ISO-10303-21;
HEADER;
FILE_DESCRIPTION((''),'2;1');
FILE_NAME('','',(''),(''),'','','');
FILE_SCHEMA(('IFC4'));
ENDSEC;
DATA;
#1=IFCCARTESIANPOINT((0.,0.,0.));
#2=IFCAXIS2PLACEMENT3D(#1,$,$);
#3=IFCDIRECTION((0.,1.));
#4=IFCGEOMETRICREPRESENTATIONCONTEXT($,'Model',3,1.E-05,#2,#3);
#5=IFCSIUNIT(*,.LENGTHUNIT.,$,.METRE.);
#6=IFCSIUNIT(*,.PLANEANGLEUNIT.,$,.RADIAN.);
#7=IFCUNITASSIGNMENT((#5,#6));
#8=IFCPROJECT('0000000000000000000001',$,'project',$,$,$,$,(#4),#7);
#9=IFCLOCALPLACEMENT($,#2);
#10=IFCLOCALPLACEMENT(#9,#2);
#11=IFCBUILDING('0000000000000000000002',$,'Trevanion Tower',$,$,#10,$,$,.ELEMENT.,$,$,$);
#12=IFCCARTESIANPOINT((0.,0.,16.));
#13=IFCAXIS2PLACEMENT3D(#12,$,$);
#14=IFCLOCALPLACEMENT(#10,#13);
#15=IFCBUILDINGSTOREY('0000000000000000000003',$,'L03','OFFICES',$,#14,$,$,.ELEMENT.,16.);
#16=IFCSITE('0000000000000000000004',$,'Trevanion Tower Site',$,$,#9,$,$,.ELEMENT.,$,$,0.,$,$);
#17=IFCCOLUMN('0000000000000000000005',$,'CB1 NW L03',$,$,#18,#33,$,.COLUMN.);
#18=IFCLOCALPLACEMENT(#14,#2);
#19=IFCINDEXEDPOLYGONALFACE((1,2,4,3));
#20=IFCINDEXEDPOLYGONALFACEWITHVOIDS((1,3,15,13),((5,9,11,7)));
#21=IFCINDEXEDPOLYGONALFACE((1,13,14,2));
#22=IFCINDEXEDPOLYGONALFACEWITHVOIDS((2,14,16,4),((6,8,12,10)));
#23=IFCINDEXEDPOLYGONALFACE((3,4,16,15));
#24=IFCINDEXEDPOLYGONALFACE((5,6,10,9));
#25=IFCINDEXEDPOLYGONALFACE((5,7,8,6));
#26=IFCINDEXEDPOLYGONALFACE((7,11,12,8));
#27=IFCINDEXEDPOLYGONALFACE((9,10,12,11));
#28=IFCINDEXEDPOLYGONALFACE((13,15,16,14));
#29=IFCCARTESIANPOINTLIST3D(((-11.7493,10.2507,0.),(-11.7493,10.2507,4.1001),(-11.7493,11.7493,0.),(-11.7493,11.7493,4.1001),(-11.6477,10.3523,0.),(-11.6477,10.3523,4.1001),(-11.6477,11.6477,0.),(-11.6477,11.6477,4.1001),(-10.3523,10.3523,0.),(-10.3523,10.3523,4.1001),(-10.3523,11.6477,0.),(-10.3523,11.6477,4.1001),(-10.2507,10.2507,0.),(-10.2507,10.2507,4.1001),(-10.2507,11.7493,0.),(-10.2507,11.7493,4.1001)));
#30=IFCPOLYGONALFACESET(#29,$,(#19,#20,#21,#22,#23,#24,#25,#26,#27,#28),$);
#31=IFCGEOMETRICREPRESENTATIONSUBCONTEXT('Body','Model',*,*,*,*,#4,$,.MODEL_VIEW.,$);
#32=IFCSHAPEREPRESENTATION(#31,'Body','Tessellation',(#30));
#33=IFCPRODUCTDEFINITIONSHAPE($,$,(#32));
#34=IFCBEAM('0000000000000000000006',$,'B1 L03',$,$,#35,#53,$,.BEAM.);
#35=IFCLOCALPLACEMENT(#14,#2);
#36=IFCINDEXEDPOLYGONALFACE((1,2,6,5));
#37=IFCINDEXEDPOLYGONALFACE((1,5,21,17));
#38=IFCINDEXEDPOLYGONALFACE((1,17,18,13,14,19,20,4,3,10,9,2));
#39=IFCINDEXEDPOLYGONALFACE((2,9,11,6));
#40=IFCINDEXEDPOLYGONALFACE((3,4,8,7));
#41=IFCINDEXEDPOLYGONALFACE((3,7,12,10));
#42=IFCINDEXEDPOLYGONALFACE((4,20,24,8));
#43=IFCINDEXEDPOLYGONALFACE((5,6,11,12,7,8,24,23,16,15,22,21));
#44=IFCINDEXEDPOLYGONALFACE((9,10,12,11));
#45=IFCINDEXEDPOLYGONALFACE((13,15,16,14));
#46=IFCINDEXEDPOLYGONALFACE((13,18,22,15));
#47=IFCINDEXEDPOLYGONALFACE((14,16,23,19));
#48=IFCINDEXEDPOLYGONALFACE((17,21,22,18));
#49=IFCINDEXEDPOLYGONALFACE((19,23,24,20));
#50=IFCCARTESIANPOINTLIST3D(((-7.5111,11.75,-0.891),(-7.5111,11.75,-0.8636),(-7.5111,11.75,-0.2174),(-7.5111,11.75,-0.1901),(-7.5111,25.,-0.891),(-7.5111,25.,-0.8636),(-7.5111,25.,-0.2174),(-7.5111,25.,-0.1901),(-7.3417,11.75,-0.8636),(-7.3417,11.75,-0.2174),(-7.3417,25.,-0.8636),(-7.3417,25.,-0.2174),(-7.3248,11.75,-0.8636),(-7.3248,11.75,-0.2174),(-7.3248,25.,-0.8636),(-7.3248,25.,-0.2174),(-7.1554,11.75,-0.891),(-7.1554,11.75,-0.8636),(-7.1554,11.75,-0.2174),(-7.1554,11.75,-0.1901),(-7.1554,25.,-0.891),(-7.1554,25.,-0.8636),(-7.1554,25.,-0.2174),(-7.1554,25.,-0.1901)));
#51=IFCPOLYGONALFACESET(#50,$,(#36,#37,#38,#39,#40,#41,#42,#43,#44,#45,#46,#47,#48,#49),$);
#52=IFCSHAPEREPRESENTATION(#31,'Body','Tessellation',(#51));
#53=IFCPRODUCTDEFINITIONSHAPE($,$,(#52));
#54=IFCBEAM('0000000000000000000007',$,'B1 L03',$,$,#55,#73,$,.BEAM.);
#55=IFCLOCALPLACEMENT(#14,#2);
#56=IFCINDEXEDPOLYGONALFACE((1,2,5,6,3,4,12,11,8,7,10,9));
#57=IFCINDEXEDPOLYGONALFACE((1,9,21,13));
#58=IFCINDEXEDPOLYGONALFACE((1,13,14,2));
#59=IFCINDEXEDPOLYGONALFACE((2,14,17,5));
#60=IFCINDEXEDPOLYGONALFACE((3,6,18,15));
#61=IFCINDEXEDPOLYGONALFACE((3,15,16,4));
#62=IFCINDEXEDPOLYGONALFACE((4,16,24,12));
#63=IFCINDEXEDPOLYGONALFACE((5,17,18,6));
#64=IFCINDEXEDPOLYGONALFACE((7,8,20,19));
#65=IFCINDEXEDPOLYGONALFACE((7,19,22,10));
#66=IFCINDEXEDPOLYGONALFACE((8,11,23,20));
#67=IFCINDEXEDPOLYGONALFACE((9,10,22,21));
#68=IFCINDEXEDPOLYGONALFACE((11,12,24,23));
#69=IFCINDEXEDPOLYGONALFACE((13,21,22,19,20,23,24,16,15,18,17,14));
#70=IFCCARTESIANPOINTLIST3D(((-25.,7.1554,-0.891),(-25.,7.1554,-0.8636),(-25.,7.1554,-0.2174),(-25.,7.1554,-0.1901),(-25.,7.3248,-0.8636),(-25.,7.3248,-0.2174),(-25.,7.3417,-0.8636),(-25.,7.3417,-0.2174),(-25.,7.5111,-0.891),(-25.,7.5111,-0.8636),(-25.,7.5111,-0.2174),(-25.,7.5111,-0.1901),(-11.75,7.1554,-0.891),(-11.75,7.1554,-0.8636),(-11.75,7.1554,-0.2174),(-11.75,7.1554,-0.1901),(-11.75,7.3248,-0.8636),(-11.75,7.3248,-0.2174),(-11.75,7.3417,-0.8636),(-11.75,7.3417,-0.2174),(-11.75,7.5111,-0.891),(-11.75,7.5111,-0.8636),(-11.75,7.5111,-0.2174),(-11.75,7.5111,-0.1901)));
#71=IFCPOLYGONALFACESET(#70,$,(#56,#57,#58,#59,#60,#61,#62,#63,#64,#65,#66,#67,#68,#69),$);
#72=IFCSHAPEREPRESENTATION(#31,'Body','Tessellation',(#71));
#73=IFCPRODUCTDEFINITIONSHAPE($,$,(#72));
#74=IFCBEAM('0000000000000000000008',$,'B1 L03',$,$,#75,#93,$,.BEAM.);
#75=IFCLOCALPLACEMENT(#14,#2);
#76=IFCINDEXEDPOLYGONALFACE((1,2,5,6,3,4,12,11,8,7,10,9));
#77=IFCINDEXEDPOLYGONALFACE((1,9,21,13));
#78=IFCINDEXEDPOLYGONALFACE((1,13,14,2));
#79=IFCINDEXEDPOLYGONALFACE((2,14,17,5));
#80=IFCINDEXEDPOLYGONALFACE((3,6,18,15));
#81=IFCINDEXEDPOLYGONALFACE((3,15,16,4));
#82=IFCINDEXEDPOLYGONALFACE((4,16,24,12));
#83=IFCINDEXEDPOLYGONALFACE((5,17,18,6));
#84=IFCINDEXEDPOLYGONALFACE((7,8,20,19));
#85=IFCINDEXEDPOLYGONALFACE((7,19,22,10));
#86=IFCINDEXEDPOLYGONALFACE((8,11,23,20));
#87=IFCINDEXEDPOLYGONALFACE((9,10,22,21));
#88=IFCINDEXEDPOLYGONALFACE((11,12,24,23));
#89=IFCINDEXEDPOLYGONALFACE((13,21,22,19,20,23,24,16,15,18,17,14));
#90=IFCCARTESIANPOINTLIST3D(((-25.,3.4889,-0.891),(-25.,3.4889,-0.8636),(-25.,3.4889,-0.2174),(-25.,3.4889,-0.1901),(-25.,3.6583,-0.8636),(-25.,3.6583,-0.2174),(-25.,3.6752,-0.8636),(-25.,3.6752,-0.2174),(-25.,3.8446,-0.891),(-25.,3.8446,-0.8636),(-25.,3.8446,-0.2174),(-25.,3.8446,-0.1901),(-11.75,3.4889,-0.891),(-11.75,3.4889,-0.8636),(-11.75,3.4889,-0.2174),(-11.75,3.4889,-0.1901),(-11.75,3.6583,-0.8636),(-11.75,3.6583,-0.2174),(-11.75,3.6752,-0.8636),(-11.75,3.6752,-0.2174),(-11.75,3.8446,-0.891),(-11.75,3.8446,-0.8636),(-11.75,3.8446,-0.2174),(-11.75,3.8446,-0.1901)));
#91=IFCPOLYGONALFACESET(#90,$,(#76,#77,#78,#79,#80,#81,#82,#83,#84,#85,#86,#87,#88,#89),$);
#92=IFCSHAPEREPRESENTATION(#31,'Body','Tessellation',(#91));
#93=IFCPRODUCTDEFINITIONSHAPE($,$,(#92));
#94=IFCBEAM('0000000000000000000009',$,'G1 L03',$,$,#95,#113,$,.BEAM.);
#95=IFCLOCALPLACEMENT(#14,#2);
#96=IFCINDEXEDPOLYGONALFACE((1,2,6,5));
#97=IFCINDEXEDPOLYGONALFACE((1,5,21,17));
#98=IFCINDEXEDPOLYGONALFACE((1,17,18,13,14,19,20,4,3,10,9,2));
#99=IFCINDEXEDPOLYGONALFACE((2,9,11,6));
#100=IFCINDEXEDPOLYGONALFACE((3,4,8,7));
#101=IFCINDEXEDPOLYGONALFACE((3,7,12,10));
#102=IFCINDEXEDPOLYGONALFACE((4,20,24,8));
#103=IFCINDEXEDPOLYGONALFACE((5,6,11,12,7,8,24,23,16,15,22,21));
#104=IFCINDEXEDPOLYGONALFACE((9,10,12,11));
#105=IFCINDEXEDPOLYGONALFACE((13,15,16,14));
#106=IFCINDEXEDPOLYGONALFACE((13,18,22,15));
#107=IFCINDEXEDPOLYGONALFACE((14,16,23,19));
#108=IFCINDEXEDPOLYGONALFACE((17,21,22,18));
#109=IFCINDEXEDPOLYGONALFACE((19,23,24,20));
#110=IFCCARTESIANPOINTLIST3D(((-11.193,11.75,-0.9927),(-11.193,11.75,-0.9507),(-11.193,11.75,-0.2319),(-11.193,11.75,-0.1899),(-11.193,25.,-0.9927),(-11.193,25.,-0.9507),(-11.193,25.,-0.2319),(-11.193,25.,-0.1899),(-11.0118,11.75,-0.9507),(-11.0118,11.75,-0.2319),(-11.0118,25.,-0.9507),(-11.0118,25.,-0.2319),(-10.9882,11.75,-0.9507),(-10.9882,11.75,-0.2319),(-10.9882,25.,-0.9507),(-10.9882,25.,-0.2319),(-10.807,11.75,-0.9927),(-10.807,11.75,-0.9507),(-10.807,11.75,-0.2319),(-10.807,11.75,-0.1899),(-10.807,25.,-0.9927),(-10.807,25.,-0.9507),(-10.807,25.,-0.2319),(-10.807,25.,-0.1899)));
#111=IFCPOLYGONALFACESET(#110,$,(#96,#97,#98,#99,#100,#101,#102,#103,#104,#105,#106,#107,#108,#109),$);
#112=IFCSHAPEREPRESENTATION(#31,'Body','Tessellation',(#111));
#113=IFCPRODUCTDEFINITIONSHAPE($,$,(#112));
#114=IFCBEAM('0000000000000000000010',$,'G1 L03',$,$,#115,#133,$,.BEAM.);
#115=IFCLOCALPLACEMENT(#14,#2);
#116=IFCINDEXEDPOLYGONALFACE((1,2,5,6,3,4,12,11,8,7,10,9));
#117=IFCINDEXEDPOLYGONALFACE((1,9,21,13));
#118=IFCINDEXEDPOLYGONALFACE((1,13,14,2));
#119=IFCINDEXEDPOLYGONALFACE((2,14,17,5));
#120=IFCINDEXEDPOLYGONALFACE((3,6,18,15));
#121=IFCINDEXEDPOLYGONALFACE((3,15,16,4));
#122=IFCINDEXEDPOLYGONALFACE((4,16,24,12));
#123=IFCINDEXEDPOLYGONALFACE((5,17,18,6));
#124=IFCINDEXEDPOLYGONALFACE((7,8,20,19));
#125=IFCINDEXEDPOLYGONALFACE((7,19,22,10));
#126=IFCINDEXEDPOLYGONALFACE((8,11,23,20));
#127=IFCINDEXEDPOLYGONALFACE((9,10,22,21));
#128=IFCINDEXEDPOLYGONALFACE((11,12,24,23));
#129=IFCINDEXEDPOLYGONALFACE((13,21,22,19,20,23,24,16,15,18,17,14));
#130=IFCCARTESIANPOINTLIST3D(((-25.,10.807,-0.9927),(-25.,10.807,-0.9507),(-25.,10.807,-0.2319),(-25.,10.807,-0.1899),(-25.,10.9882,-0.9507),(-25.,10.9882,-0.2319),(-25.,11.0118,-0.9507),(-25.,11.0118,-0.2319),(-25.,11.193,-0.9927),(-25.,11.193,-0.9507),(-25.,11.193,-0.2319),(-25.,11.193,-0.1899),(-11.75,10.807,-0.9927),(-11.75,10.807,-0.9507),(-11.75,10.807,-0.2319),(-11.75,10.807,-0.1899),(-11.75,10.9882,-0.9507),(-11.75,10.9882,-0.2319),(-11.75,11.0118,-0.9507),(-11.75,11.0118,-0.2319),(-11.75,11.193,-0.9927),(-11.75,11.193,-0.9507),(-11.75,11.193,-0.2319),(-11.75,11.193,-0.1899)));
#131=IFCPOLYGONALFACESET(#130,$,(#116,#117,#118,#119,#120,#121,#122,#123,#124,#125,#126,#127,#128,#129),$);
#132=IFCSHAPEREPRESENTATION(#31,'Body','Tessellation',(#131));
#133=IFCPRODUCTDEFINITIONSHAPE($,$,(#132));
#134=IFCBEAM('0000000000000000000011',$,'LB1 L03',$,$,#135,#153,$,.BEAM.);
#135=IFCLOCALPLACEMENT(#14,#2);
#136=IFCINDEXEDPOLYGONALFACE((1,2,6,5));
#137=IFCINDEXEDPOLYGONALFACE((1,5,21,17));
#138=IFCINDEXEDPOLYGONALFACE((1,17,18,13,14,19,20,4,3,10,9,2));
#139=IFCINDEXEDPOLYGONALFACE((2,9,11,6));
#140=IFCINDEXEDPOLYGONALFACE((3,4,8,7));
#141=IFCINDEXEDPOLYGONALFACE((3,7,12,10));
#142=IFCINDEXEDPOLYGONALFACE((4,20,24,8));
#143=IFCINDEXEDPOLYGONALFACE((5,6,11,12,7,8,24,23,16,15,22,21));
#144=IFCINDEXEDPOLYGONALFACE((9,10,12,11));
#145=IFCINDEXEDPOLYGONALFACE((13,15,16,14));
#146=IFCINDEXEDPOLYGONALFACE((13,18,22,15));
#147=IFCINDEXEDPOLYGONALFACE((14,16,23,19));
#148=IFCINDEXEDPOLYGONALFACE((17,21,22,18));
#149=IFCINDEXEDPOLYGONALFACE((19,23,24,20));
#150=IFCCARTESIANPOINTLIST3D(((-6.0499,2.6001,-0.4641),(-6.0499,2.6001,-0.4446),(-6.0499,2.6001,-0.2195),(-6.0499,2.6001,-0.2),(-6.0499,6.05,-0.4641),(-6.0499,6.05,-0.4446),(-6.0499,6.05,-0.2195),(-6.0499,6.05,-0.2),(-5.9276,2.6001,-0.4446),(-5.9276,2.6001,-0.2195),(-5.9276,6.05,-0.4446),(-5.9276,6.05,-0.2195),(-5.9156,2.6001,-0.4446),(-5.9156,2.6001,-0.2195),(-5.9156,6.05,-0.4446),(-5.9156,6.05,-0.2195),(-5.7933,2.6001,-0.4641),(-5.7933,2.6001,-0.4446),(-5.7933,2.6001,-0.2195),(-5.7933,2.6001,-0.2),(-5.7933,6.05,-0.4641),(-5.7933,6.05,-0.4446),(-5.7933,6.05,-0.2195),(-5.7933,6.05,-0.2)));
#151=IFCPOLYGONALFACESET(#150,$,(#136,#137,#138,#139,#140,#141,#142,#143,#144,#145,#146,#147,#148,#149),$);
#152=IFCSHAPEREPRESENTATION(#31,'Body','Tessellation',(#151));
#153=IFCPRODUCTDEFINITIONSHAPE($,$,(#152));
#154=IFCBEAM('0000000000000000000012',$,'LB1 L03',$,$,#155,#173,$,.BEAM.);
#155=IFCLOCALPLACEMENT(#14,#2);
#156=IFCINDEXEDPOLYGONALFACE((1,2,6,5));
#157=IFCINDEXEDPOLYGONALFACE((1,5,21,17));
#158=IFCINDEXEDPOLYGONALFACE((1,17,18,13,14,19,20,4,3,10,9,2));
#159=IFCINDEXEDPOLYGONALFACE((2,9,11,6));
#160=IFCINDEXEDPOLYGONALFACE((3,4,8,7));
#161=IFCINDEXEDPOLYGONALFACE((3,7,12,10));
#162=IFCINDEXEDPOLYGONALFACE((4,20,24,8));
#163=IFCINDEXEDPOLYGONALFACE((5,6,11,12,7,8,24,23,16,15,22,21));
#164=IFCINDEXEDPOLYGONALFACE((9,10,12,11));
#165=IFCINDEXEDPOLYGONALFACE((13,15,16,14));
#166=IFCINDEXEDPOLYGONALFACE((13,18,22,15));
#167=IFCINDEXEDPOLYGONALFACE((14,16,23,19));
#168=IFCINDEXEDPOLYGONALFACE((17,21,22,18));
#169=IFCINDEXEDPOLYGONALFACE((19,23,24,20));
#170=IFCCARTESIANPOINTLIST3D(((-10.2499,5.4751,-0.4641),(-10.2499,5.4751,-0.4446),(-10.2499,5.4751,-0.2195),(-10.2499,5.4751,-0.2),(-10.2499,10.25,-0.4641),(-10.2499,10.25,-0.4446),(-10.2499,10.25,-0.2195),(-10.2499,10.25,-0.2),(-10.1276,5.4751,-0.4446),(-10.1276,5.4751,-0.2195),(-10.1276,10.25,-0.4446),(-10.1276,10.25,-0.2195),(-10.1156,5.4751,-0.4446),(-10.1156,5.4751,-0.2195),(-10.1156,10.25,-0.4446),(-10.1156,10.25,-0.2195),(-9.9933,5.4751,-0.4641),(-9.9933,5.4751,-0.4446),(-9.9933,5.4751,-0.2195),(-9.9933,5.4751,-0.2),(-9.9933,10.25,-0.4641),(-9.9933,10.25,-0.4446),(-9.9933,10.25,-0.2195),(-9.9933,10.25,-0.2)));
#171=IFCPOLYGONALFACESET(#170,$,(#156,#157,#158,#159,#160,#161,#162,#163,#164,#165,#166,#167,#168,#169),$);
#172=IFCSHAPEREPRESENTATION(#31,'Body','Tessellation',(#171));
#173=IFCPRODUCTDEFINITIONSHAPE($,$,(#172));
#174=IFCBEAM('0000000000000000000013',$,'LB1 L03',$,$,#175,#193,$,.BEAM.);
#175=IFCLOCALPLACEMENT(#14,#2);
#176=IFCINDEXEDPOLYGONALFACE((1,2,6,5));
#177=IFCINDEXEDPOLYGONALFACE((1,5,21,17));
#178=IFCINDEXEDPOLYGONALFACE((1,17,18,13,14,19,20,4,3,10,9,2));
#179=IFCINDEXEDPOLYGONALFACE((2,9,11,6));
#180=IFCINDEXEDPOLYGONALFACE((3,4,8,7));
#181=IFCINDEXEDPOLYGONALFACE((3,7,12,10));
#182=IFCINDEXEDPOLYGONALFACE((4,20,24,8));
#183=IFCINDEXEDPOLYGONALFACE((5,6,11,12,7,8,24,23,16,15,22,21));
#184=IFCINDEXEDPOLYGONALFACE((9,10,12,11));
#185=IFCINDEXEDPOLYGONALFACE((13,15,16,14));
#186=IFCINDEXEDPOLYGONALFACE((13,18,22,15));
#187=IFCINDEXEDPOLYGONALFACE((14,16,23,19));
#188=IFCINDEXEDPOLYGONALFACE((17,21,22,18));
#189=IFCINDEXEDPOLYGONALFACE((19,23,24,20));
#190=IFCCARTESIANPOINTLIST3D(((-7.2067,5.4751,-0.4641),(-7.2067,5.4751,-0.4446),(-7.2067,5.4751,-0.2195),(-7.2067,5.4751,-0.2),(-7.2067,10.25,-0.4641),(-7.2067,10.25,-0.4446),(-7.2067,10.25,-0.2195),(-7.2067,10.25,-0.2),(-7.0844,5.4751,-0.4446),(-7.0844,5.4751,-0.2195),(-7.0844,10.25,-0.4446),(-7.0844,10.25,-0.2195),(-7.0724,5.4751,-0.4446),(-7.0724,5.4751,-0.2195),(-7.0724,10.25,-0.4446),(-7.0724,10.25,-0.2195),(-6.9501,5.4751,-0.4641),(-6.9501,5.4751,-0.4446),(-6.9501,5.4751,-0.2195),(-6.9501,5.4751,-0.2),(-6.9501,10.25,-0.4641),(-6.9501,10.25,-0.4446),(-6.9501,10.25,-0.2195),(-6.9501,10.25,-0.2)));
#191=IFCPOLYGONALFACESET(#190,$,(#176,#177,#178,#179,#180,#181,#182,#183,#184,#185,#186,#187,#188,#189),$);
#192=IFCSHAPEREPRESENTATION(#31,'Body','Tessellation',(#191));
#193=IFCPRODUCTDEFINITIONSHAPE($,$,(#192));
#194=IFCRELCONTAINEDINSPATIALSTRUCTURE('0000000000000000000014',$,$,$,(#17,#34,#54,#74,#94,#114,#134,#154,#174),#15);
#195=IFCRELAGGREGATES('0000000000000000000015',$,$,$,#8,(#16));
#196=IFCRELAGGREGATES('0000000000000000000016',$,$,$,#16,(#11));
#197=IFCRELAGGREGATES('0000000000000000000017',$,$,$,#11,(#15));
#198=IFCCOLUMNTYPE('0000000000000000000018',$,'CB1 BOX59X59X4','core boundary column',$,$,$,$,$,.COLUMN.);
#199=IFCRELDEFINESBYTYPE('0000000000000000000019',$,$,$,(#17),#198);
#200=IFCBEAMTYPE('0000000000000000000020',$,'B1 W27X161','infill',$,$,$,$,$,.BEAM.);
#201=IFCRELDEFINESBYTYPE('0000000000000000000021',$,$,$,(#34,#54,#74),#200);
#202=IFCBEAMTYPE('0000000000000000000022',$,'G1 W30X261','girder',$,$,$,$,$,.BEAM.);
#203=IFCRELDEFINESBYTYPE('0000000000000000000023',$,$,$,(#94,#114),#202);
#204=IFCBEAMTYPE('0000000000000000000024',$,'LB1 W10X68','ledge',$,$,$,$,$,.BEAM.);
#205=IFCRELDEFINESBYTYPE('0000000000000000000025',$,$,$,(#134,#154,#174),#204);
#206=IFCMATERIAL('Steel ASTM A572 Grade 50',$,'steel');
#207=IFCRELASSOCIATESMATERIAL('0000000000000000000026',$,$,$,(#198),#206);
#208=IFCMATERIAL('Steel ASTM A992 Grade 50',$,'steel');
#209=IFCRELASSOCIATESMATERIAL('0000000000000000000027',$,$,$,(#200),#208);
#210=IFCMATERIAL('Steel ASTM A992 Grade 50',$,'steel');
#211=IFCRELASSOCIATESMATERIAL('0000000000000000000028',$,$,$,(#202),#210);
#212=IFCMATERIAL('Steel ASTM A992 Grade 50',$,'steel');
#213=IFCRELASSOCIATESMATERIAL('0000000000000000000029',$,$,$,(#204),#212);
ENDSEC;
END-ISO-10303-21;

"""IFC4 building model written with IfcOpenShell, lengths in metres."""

from ifc_helpers import new_model, si_unit, direction, frame, origin, origin_2d, place, context, subcontext, project, spatial, hollow_rectangle, i_section, extrude, material, material_profile, profile_set, type_object, element, save


model = new_model("IFC4")

# Units and contexts
model_context = context("Model", 3, precision=1e-05, world=origin(), true_north=direction((0.0, 1.0)))
body_context = subcontext(model_context, "Body", "Model", "MODEL_VIEW")
ifc_project = project(units=[si_unit("LENGTHUNIT", "METRE"), si_unit("PLANEANGLEUNIT", "RADIAN")], contexts=[model_context])

# Site, building, storey
site_placement = place(None, origin())
site = spatial("IfcSite", under=ifc_project, at=site_placement, Name="Trevanion Tower Site", CompositionType="ELEMENT", RefElevation=0.0)
building_placement = place(site_placement, origin())
building = spatial("IfcBuilding", under=site, at=building_placement, Name="Trevanion Tower", CompositionType="ELEMENT")
storey_placement = place(building_placement, frame((0.0, 0.0, 16.0)))
storey = spatial("IfcBuildingStorey", under=building, at=storey_placement, Name="L03", Description="OFFICES", CompositionType="ELEMENT", Elevation=16.0)

# Column
ifc_material_1 = material(Name="Steel ASTM A572 Grade 50", Category="steel")
ifc_material_profile_1 = material_profile(ifc_material_1, hollow_rectangle(XDim=1.4985, YDim=1.4985, WallThickness=0.1016, at=origin_2d()), Name="BOX59X59X4")
ifc_profile_set_1 = profile_set([ifc_material_profile_1], Name="Steel ASTM A572 Grade 50")
column_type = type_object("IfcColumnType", Name="CB1 BOX59X59X4", Description="core boundary column", PredefinedType="COLUMN", material=ifc_profile_set_1)
column_placement = place(storey_placement, frame((-11.0, 11.0, 0.0), z_axis=(0.0, 0.0, 1.0), x_axis=(1.0, 0.0, 0.0)))
element("IfcColumn", 1, at=column_placement, inside=storey, type_object=column_type, Name="CB1 NW L03", PredefinedType="COLUMN", context=body_context, shape_type="SweptSolid", body=[
    extrude(hollow_rectangle(XDim=1.4985, YDim=1.4985, WallThickness=0.1016, at=origin_2d()), origin(), (0.0, 0.0, 1.0), 4.1001),
])

# Beams
ifc_material_2 = material(Name="Steel ASTM A992 Grade 50", Category="steel")
ifc_material_profile_2 = material_profile(ifc_material_2, i_section(OverallWidth=0.3557, OverallDepth=0.7009, WebThickness=0.0168, FlangeThickness=0.0273, at=origin_2d()), Name="W27X161")
ifc_profile_set_2 = profile_set([ifc_material_profile_2], Name="Steel ASTM A992 Grade 50")
beam_type_1 = type_object("IfcBeamType", Name="B1 W27X161", Description="infill", PredefinedType="BEAM", material=ifc_profile_set_2)
for number, where, z_axis, x_axis, name in (
    (2, (-7.3333, 11.75, -0.5405), (0.0, 1.0, 0.0), (-1.0, 0.0, 0.0), "B1 L03"),
    (3, (-11.75, 7.3333, -0.5405), (-1.0, 0.0, 0.0), (0.0, -1.0, 0.0), "B1 L03"),
    (4, (-11.75, 3.6667, -0.5405), (-1.0, 0.0, 0.0), (0.0, -1.0, 0.0), "B1 L03"),
):
    element("IfcBeam", number, at=place(storey_placement, frame(where, z_axis=z_axis, x_axis=x_axis)), inside=storey, type_object=beam_type_1, Name=name, PredefinedType="BEAM", context=body_context, shape_type="SweptSolid", body=[
        extrude(i_section(OverallWidth=0.3557, OverallDepth=0.7009, WebThickness=0.0168, FlangeThickness=0.0273, at=origin_2d()), origin(), (0.0, 0.0, 1.0), 13.25),
    ])
ifc_material_3 = material(Name="Steel ASTM A992 Grade 50", Category="steel")
ifc_material_profile_3 = material_profile(ifc_material_3, i_section(OverallWidth=0.386, OverallDepth=0.8027, WebThickness=0.0237, FlangeThickness=0.042, at=origin_2d()), Name="W30X261")
ifc_profile_set_3 = profile_set([ifc_material_profile_3], Name="Steel ASTM A992 Grade 50")
beam_type_2 = type_object("IfcBeamType", Name="G1 W30X261", Description="girder", PredefinedType="BEAM", material=ifc_profile_set_3)
for number, where, z_axis, x_axis, name in (
    (5, (-11.0, 11.75, -0.5913), (0.0, 1.0, 0.0), (-1.0, 0.0, 0.0), "G1 L03"),
    (6, (-11.75, 11.0, -0.5913), (-1.0, 0.0, 0.0), (0.0, -1.0, 0.0), "G1 L03"),
):
    element("IfcBeam", number, at=place(storey_placement, frame(where, z_axis=z_axis, x_axis=x_axis)), inside=storey, type_object=beam_type_2, Name=name, PredefinedType="BEAM", context=body_context, shape_type="SweptSolid", body=[
        extrude(i_section(OverallWidth=0.386, OverallDepth=0.8027, WebThickness=0.0237, FlangeThickness=0.042, at=origin_2d()), origin(), (0.0, 0.0, 1.0), 13.25),
    ])
ifc_material_4 = material(Name="Steel ASTM A992 Grade 50", Category="steel")
ifc_material_profile_4 = material_profile(ifc_material_4, i_section(OverallWidth=0.2566, OverallDepth=0.2642, WebThickness=0.012, FlangeThickness=0.0195, at=origin_2d()), Name="W10X68")
ifc_profile_set_4 = profile_set([ifc_material_profile_4], Name="Steel ASTM A992 Grade 50")
beam_type_3 = type_object("IfcBeamType", Name="LB1 W10X68", Description="ledge", PredefinedType="BEAM", material=ifc_profile_set_4)
beam_1_placement = place(storey_placement, frame((-5.9216, 2.6001, -0.332), z_axis=(0.0, 1.0, 0.0), x_axis=(-1.0, 0.0, 0.0)))
element("IfcBeam", 7, at=beam_1_placement, inside=storey, type_object=beam_type_3, Name="LB1 L03", PredefinedType="BEAM", context=body_context, shape_type="SweptSolid", body=[
    extrude(i_section(OverallWidth=0.2566, OverallDepth=0.2642, WebThickness=0.012, FlangeThickness=0.0195, at=origin_2d()), origin(), (0.0, 0.0, 1.0), 3.45),
])
for number, where, z_axis, x_axis, name in (
    (8, (-10.1216, 5.4751, -0.332), (0.0, 1.0, 0.0), (-1.0, 0.0, 0.0), "LB1 L03"),
    (9, (-7.0784, 5.4751, -0.332), (0.0, 1.0, 0.0), (-1.0, 0.0, 0.0), "LB1 L03"),
):
    element("IfcBeam", number, at=place(storey_placement, frame(where, z_axis=z_axis, x_axis=x_axis)), inside=storey, type_object=beam_type_3, Name=name, PredefinedType="BEAM", context=body_context, shape_type="SweptSolid", body=[
        extrude(i_section(OverallWidth=0.2566, OverallDepth=0.2642, WebThickness=0.012, FlangeThickness=0.0195, at=origin_2d()), origin(), (0.0, 0.0, 1.0), 4.7749),
    ])

save(model, "model.ifc")
